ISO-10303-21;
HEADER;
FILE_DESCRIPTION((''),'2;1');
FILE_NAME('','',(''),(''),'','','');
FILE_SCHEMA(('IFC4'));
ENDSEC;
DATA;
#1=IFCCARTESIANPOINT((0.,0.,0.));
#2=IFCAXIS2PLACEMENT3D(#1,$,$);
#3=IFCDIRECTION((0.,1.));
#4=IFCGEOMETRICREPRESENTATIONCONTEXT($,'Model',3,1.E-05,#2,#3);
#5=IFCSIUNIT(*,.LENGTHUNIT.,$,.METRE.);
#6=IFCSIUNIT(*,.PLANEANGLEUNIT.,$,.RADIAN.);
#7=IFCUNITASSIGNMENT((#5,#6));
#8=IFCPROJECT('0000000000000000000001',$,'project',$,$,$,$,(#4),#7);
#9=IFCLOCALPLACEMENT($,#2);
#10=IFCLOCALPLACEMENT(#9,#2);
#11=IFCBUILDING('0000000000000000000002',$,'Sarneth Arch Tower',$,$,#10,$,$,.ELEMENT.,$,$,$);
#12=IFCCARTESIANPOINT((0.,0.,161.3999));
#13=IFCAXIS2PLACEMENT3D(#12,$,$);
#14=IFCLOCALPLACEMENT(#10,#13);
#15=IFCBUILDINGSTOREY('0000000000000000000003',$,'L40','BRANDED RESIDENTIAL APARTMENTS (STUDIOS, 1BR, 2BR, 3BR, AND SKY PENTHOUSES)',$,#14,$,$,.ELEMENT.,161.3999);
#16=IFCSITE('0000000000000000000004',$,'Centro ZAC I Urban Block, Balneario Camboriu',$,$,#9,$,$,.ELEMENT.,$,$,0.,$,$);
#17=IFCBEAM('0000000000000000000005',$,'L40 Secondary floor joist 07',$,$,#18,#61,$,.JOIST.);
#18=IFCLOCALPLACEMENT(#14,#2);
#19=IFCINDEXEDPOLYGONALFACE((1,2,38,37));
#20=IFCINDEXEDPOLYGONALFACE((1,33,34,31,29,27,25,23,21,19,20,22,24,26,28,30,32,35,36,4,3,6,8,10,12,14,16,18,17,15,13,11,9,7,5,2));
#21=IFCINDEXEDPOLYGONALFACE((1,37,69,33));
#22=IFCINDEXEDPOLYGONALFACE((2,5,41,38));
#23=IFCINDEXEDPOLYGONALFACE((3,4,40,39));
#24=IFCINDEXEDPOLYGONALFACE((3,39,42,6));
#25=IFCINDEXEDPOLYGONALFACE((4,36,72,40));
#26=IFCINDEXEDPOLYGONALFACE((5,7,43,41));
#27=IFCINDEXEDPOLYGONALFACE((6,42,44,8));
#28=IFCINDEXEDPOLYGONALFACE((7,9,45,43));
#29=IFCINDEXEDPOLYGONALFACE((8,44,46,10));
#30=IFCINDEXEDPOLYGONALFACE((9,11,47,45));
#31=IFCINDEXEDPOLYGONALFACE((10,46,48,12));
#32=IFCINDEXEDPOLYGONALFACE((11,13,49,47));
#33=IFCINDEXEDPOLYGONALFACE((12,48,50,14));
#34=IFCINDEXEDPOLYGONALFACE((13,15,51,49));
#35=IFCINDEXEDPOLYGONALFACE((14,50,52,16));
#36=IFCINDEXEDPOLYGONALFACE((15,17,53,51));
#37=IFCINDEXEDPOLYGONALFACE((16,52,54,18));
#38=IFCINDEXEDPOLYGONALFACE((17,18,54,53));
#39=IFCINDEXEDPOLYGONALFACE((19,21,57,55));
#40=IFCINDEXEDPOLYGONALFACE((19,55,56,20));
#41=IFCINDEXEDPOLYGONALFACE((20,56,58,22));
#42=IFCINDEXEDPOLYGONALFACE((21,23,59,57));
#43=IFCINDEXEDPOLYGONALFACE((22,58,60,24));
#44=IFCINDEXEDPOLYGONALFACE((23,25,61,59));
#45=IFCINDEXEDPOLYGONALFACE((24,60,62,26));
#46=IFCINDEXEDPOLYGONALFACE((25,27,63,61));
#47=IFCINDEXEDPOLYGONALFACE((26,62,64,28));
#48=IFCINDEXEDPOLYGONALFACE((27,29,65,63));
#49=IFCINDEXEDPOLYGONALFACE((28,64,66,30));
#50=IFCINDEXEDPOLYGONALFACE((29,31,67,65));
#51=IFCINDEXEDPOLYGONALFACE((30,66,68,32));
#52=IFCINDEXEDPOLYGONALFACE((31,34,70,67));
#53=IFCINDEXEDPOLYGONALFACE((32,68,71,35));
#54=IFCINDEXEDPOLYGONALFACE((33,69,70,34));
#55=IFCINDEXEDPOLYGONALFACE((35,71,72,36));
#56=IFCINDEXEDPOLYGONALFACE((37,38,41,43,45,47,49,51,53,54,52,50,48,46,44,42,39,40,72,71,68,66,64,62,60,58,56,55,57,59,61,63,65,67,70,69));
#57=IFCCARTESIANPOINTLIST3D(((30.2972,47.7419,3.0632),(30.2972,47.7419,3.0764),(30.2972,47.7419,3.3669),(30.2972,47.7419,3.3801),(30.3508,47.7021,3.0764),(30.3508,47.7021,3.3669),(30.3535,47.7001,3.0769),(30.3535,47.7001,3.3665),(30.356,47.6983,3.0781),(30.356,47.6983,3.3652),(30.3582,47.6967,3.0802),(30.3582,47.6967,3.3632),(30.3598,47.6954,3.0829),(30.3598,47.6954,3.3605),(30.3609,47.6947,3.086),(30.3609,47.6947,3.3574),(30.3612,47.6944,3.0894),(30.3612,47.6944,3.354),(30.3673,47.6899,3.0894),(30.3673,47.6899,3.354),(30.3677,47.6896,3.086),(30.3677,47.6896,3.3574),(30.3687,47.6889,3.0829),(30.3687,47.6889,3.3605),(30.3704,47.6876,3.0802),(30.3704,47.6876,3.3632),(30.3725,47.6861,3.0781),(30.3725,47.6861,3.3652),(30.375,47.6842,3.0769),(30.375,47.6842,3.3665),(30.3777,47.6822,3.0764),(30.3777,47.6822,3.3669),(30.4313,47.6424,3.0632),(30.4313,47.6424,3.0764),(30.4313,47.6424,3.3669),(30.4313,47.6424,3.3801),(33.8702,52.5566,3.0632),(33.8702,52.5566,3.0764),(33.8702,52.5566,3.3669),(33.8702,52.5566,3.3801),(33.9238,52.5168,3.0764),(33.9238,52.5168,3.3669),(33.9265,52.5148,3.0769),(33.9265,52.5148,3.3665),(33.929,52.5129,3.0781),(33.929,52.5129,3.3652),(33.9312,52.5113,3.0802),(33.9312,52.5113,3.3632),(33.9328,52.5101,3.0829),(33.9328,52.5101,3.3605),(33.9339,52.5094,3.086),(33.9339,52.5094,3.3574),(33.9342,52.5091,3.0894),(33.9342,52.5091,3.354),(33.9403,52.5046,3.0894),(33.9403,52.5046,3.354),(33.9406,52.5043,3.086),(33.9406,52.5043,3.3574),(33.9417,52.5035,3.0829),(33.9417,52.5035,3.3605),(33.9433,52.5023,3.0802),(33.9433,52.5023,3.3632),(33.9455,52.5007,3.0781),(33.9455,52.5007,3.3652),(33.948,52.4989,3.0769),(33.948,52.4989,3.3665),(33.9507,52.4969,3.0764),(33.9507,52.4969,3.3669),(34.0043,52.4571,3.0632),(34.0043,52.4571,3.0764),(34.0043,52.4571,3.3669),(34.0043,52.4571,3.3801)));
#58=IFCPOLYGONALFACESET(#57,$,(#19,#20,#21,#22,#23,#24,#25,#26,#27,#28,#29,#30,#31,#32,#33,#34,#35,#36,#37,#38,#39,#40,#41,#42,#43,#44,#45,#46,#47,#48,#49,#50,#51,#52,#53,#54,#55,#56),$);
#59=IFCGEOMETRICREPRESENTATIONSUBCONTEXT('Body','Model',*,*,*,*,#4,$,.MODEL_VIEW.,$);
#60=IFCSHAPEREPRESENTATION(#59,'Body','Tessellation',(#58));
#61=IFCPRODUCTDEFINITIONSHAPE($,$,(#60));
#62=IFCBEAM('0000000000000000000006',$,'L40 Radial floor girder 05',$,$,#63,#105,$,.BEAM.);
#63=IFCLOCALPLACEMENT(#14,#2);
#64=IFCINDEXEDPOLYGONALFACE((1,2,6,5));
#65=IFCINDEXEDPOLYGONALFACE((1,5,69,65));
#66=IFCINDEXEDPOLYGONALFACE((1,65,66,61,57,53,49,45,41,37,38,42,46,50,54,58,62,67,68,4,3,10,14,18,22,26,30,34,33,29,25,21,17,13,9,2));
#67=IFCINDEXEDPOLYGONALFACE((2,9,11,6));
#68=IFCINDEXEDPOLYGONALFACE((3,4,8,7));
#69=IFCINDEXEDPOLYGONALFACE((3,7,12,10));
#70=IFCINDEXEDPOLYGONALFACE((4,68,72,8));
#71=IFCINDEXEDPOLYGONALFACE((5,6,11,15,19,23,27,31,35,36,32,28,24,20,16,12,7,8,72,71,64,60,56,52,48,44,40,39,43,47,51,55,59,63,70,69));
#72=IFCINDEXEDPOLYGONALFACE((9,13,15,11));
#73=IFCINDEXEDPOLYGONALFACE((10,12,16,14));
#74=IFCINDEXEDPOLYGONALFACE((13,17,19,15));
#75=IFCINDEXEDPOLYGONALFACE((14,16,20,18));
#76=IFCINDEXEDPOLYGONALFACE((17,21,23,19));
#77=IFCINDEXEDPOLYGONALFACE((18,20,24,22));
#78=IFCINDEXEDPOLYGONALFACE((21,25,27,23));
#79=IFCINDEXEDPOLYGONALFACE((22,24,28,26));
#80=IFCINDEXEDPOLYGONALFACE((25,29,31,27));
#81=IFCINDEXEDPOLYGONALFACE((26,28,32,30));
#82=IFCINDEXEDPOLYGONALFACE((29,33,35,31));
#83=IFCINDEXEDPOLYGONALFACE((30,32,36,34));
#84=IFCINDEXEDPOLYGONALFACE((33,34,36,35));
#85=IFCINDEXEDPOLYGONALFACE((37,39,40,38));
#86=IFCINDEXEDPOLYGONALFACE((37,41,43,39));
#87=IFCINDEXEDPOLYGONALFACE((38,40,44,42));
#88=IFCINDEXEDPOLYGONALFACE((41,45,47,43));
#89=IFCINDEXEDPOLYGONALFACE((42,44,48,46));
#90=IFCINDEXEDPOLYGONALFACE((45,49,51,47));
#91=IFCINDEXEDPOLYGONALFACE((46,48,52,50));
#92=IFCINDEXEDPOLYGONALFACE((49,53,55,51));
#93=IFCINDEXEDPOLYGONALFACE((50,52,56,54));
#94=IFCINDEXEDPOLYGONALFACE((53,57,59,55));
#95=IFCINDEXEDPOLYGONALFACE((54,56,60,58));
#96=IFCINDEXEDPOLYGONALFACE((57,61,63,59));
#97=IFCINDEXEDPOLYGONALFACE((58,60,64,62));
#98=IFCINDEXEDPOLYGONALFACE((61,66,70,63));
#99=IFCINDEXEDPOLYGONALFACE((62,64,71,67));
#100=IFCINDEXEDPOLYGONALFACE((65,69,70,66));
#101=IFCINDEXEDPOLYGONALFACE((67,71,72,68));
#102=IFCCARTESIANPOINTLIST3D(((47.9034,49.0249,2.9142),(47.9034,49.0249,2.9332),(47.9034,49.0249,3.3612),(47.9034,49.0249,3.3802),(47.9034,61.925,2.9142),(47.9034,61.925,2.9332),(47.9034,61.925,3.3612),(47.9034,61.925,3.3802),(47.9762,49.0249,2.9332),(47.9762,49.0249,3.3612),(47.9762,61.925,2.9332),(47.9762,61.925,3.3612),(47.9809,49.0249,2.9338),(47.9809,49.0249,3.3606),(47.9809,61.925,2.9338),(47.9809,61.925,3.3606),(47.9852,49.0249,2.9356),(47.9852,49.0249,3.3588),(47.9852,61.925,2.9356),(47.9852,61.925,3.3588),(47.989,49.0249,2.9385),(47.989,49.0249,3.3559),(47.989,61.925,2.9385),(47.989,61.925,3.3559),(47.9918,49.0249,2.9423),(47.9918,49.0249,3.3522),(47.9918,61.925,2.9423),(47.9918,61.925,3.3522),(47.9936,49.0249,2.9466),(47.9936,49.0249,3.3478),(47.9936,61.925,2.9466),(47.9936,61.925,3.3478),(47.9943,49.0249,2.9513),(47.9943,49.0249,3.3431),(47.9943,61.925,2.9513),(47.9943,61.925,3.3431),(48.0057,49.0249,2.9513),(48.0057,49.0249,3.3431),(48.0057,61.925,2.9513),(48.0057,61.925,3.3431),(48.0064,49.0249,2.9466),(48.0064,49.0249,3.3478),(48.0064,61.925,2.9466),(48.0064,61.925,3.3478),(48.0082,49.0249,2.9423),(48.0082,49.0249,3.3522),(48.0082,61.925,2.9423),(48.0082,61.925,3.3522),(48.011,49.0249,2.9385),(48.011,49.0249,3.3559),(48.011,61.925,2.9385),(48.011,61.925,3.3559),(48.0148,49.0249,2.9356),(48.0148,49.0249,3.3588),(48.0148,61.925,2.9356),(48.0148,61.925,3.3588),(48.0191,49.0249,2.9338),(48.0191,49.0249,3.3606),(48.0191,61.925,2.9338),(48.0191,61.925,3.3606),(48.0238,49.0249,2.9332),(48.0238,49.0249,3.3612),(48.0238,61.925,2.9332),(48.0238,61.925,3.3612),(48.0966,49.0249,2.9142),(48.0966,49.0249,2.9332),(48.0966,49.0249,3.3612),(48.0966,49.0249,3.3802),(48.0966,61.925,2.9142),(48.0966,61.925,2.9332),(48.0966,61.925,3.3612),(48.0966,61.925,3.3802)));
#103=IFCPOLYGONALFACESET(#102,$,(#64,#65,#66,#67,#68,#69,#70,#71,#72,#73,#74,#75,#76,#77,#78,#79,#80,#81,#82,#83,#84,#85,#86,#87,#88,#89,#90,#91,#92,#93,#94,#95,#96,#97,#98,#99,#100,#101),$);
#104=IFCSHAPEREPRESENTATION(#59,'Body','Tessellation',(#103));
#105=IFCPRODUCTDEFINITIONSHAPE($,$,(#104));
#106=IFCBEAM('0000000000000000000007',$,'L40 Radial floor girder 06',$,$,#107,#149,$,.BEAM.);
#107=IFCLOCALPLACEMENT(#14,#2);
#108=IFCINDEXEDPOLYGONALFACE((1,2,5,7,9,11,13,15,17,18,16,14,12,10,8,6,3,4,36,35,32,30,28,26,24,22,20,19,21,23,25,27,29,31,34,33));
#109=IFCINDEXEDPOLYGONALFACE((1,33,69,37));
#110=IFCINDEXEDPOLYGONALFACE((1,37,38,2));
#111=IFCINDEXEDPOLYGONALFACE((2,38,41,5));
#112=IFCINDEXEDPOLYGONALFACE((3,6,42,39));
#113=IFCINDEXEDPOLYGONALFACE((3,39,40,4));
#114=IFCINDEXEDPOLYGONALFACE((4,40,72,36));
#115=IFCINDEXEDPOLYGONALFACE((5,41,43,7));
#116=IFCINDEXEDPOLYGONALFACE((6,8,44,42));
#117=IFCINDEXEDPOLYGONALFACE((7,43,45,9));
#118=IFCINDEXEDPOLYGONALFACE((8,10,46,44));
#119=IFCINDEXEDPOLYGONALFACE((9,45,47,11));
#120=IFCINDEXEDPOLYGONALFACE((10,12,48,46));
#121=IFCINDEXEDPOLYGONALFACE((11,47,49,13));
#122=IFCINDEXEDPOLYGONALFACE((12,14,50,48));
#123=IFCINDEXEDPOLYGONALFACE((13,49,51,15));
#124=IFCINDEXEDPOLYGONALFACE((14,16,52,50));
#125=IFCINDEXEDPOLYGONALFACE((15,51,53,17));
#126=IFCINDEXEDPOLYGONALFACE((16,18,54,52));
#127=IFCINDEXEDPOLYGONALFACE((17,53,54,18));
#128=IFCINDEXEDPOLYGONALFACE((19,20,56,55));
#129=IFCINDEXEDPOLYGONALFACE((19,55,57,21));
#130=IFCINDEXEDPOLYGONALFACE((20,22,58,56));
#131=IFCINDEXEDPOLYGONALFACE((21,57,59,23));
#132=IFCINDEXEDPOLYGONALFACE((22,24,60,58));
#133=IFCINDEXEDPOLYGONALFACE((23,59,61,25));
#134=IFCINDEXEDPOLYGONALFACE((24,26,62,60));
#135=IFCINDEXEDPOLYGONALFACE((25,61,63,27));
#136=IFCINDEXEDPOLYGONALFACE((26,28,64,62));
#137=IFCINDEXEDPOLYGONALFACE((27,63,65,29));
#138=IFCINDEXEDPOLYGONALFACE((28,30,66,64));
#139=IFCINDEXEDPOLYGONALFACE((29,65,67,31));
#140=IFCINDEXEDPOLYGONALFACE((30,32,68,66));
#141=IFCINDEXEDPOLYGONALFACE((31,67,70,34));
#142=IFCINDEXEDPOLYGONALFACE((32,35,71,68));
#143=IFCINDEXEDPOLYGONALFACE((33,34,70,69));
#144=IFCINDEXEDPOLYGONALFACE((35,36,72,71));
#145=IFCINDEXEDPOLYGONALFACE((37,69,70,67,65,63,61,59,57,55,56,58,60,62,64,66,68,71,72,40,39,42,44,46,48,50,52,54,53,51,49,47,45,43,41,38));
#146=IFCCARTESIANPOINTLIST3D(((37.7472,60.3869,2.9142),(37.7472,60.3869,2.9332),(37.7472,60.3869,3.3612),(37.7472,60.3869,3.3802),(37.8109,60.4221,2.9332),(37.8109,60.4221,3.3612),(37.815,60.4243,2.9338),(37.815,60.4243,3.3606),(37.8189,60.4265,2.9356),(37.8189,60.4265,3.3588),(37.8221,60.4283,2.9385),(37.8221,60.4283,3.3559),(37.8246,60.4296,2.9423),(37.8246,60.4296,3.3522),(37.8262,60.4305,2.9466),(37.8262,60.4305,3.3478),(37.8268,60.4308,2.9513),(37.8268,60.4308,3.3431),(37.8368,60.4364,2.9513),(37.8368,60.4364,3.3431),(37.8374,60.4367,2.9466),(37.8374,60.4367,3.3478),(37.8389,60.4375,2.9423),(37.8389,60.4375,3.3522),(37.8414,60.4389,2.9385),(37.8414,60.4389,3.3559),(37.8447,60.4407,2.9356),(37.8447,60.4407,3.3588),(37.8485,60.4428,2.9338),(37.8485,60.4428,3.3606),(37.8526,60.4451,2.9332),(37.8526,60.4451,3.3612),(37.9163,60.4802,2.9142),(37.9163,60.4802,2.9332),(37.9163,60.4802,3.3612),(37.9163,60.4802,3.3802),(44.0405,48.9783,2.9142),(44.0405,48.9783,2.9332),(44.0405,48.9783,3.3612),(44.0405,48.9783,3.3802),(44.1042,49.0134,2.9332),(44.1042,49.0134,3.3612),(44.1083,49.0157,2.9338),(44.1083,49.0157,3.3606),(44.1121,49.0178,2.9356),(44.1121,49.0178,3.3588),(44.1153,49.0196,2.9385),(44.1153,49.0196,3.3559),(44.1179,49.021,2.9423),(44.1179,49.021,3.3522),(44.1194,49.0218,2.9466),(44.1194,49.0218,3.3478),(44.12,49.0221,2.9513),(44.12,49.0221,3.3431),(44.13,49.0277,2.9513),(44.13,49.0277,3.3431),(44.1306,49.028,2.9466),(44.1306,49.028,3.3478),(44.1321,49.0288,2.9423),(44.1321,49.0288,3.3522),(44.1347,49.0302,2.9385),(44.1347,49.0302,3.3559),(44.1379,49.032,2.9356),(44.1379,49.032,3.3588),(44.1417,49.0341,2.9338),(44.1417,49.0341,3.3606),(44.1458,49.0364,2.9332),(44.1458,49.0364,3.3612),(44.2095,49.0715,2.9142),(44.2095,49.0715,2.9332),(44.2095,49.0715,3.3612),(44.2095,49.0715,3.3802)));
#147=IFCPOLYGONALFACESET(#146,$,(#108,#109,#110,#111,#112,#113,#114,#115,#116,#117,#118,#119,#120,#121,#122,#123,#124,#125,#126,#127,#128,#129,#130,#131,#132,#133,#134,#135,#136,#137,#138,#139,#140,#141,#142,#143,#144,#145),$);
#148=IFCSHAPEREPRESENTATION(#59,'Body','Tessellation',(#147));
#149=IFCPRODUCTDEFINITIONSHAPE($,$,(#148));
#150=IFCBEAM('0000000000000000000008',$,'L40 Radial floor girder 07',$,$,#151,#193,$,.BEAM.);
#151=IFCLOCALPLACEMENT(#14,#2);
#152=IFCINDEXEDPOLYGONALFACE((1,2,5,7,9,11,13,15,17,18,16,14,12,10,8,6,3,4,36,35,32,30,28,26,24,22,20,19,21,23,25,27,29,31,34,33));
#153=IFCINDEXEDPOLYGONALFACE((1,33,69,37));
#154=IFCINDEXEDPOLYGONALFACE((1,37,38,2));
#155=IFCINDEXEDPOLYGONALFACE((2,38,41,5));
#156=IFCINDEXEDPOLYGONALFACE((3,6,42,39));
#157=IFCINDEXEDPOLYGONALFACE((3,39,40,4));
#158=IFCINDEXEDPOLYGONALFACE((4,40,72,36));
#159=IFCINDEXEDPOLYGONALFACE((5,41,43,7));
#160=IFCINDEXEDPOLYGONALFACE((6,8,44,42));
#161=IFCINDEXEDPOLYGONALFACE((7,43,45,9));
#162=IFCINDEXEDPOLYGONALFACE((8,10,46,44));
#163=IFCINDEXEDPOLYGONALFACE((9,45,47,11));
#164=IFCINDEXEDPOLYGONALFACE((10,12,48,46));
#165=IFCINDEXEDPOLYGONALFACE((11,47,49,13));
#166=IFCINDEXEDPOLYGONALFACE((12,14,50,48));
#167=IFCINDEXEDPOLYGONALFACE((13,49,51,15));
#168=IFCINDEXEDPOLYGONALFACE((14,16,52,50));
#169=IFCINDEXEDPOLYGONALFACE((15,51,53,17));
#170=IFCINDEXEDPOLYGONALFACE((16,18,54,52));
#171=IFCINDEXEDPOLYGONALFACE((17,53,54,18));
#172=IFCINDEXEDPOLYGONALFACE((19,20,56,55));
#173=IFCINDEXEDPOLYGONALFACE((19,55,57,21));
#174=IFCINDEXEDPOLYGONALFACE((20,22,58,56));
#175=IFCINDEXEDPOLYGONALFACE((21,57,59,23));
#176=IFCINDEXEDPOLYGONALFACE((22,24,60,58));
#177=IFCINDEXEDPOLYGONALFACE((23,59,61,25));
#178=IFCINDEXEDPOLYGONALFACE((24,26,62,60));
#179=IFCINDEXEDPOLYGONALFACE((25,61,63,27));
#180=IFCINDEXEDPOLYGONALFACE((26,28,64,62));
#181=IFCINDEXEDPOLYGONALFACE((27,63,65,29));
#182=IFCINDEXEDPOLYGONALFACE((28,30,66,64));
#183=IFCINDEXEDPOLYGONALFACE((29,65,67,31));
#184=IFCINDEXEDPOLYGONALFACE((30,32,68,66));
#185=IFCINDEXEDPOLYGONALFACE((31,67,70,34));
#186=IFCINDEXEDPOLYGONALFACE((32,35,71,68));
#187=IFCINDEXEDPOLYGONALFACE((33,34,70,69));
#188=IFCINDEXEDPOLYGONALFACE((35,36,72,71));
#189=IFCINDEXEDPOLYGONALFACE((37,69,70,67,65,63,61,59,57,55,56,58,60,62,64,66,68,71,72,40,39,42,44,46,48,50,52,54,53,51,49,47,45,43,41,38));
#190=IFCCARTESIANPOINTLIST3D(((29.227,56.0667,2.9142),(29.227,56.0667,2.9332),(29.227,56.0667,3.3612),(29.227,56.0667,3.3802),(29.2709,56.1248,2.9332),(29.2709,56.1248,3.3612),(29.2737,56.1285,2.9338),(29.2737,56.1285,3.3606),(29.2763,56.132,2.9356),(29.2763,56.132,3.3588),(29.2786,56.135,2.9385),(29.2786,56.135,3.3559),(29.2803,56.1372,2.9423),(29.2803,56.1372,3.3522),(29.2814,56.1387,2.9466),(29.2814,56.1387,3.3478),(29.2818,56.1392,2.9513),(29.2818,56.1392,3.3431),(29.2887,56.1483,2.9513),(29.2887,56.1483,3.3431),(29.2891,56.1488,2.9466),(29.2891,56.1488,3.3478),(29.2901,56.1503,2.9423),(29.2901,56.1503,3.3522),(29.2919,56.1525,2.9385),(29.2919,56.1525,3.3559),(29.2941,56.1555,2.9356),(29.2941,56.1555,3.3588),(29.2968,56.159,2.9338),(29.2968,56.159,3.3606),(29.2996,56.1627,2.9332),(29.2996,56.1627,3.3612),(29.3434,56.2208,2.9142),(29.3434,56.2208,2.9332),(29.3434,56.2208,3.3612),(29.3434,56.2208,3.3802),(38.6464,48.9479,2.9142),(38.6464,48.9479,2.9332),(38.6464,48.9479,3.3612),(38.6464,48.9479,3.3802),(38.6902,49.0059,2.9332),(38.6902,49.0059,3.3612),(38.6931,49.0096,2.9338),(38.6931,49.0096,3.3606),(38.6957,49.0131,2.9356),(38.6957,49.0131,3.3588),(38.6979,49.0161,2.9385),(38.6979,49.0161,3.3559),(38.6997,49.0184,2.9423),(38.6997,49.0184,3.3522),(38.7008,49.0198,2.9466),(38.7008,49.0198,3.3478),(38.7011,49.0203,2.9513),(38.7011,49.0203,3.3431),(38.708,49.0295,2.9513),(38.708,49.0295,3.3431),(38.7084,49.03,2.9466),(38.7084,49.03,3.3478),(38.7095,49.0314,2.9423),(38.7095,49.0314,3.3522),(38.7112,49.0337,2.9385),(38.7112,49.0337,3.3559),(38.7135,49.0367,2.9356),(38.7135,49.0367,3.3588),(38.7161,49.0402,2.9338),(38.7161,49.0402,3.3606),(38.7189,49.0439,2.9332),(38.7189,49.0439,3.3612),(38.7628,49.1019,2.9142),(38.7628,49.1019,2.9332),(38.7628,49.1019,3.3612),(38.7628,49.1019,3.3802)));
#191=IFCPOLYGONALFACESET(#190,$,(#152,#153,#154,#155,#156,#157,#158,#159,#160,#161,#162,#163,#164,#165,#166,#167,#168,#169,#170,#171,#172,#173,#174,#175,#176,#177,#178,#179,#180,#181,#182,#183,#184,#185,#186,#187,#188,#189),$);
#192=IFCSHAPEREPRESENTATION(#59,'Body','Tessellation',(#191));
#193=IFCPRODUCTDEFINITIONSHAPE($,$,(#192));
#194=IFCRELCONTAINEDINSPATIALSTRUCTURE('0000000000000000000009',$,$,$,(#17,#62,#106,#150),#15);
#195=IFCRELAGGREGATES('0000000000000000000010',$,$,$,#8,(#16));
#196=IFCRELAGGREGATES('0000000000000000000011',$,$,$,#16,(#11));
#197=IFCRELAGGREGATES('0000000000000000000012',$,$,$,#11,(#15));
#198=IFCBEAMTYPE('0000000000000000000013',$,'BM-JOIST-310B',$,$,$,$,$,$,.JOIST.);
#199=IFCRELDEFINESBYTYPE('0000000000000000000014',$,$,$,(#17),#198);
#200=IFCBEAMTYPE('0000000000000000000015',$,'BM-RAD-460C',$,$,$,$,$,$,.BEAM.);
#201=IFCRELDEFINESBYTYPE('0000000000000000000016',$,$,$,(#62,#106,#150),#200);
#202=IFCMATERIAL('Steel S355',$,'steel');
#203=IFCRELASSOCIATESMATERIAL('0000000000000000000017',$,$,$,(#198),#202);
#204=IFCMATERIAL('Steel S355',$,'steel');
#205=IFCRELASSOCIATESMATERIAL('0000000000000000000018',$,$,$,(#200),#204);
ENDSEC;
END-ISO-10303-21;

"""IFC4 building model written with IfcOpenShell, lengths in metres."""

from ifc_helpers import new_model, si_unit, direction, frame, origin, origin_2d, place, context, subcontext, project, spatial, i_section, extrude, material, material_profile, profile_set, type_object, element, save


model = new_model("IFC4")

# Units and contexts
model_context = context("Model", 3, precision=1e-05, world=origin(), true_north=direction((0.0, 1.0)))
body_context = subcontext(model_context, "Body", "Model", "MODEL_VIEW")
ifc_project = project(units=[si_unit("LENGTHUNIT", "METRE"), si_unit("PLANEANGLEUNIT", "RADIAN")], contexts=[model_context])

# Site, building, storey
site_placement = place(None, origin())
site = spatial("IfcSite", under=ifc_project, at=site_placement, Name="Centro ZAC I Urban Block, Balneario Camboriu", CompositionType="ELEMENT", RefElevation=0.0)
building_placement = place(site_placement, origin())
building = spatial("IfcBuilding", under=site, at=building_placement, Name="Sarneth Arch Tower", CompositionType="ELEMENT")
storey_placement = place(building_placement, frame((0.0, 0.0, 161.3999)))
storey = spatial("IfcBuildingStorey", under=building, at=storey_placement, Name="L40", Description="BRANDED RESIDENTIAL APARTMENTS (STUDIOS, 1BR, 2BR, 3BR, AND SKY PENTHOUSES)", CompositionType="ELEMENT", Elevation=161.3999)

# Beams
ifc_material_1 = material(Name="Steel S355", Category="steel")
ifc_material_profile_1 = material_profile(ifc_material_1, i_section(OverallWidth=0.167, OverallDepth=0.3169, WebThickness=0.0076, FlangeThickness=0.0132, FilletRadius=0.0129, at=origin_2d()), Name="W310x52")
ifc_profile_set_1 = profile_set([ifc_material_profile_1], Name="Steel S355")
beam_type_1 = type_object("IfcBeamType", Name="BM-JOIST-310B", PredefinedType="JOIST", material=ifc_profile_set_1)
beam_1_placement = place(storey_placement, frame((33.9373, 52.5068, 3.2217), z_axis=(-0.595933, -0.803034, 0.0), x_axis=(0.803034, -0.595933, 0.0)))
element("IfcBeam", 1, at=beam_1_placement, inside=storey, type_object=beam_type_1, Name="L40 Secondary floor joist 07", PredefinedType="JOIST", context=body_context, shape_type="SweptSolid", body=[
    extrude(i_section(OverallWidth=0.167, OverallDepth=0.3169, WebThickness=0.0076, FlangeThickness=0.0132, FilletRadius=0.0129, at=origin_2d()), origin(), (0.0, 0.0, 1.0), 5.9956),
])
ifc_material_2 = material(Name="Steel S355", Category="steel")
ifc_material_profile_2 = material_profile(ifc_material_2, i_section(OverallWidth=0.1931, OverallDepth=0.4661, WebThickness=0.0115, FlangeThickness=0.019, FilletRadius=0.0181, at=origin_2d()), Name="W460x97")
ifc_profile_set_2 = profile_set([ifc_material_profile_2], Name="Steel S355")
beam_type_2 = type_object("IfcBeamType", Name="BM-RAD-460C", PredefinedType="BEAM", material=ifc_profile_set_2)
beam_2_placement = place(storey_placement, frame((48.0, 49.0249, 3.1472), z_axis=(0.0, 1.0, 0.0), x_axis=(-1.0, 0.0, 0.0)))
element("IfcBeam", 2, at=beam_2_placement, inside=storey, type_object=beam_type_2, Name="L40 Radial floor girder 05", PredefinedType="BEAM", context=body_context, shape_type="SweptSolid", body=[
    extrude(i_section(OverallWidth=0.1931, OverallDepth=0.4661, WebThickness=0.0115, FlangeThickness=0.019, FilletRadius=0.0181, at=origin_2d()), origin(), (0.0, 0.0, 1.0), 12.9001),
])
beam_3_placement = place(storey_placement, frame((44.125, 49.0249, 3.1472), z_axis=(-0.483005, 0.875618, 0.0), x_axis=(-0.875618, -0.483005, 0.0)))
element("IfcBeam", 3, at=beam_3_placement, inside=storey, type_object=beam_type_2, Name="L40 Radial floor girder 06", PredefinedType="BEAM", context=body_context, shape_type="SweptSolid", body=[
    extrude(i_section(OverallWidth=0.1931, OverallDepth=0.4661, WebThickness=0.0115, FlangeThickness=0.019, FilletRadius=0.0181, at=origin_2d()), origin(), (0.0, 0.0, 1.0), 13.0293),
])
beam_4_placement = place(storey_placement, frame((38.7046, 49.0249, 3.1472), z_axis=(-0.797786, 0.60294, 0.0), x_axis=(-0.60294, -0.797786, 0.0)))
element("IfcBeam", 4, at=beam_4_placement, inside=storey, type_object=beam_type_2, Name="L40 Radial floor girder 07", PredefinedType="BEAM", context=body_context, shape_type="SweptSolid", body=[
    extrude(i_section(OverallWidth=0.1931, OverallDepth=0.4661, WebThickness=0.0115, FlangeThickness=0.019, FilletRadius=0.0181, at=origin_2d()), origin(), (0.0, 0.0, 1.0), 11.8069),
])

save(model, "model.ifc")
